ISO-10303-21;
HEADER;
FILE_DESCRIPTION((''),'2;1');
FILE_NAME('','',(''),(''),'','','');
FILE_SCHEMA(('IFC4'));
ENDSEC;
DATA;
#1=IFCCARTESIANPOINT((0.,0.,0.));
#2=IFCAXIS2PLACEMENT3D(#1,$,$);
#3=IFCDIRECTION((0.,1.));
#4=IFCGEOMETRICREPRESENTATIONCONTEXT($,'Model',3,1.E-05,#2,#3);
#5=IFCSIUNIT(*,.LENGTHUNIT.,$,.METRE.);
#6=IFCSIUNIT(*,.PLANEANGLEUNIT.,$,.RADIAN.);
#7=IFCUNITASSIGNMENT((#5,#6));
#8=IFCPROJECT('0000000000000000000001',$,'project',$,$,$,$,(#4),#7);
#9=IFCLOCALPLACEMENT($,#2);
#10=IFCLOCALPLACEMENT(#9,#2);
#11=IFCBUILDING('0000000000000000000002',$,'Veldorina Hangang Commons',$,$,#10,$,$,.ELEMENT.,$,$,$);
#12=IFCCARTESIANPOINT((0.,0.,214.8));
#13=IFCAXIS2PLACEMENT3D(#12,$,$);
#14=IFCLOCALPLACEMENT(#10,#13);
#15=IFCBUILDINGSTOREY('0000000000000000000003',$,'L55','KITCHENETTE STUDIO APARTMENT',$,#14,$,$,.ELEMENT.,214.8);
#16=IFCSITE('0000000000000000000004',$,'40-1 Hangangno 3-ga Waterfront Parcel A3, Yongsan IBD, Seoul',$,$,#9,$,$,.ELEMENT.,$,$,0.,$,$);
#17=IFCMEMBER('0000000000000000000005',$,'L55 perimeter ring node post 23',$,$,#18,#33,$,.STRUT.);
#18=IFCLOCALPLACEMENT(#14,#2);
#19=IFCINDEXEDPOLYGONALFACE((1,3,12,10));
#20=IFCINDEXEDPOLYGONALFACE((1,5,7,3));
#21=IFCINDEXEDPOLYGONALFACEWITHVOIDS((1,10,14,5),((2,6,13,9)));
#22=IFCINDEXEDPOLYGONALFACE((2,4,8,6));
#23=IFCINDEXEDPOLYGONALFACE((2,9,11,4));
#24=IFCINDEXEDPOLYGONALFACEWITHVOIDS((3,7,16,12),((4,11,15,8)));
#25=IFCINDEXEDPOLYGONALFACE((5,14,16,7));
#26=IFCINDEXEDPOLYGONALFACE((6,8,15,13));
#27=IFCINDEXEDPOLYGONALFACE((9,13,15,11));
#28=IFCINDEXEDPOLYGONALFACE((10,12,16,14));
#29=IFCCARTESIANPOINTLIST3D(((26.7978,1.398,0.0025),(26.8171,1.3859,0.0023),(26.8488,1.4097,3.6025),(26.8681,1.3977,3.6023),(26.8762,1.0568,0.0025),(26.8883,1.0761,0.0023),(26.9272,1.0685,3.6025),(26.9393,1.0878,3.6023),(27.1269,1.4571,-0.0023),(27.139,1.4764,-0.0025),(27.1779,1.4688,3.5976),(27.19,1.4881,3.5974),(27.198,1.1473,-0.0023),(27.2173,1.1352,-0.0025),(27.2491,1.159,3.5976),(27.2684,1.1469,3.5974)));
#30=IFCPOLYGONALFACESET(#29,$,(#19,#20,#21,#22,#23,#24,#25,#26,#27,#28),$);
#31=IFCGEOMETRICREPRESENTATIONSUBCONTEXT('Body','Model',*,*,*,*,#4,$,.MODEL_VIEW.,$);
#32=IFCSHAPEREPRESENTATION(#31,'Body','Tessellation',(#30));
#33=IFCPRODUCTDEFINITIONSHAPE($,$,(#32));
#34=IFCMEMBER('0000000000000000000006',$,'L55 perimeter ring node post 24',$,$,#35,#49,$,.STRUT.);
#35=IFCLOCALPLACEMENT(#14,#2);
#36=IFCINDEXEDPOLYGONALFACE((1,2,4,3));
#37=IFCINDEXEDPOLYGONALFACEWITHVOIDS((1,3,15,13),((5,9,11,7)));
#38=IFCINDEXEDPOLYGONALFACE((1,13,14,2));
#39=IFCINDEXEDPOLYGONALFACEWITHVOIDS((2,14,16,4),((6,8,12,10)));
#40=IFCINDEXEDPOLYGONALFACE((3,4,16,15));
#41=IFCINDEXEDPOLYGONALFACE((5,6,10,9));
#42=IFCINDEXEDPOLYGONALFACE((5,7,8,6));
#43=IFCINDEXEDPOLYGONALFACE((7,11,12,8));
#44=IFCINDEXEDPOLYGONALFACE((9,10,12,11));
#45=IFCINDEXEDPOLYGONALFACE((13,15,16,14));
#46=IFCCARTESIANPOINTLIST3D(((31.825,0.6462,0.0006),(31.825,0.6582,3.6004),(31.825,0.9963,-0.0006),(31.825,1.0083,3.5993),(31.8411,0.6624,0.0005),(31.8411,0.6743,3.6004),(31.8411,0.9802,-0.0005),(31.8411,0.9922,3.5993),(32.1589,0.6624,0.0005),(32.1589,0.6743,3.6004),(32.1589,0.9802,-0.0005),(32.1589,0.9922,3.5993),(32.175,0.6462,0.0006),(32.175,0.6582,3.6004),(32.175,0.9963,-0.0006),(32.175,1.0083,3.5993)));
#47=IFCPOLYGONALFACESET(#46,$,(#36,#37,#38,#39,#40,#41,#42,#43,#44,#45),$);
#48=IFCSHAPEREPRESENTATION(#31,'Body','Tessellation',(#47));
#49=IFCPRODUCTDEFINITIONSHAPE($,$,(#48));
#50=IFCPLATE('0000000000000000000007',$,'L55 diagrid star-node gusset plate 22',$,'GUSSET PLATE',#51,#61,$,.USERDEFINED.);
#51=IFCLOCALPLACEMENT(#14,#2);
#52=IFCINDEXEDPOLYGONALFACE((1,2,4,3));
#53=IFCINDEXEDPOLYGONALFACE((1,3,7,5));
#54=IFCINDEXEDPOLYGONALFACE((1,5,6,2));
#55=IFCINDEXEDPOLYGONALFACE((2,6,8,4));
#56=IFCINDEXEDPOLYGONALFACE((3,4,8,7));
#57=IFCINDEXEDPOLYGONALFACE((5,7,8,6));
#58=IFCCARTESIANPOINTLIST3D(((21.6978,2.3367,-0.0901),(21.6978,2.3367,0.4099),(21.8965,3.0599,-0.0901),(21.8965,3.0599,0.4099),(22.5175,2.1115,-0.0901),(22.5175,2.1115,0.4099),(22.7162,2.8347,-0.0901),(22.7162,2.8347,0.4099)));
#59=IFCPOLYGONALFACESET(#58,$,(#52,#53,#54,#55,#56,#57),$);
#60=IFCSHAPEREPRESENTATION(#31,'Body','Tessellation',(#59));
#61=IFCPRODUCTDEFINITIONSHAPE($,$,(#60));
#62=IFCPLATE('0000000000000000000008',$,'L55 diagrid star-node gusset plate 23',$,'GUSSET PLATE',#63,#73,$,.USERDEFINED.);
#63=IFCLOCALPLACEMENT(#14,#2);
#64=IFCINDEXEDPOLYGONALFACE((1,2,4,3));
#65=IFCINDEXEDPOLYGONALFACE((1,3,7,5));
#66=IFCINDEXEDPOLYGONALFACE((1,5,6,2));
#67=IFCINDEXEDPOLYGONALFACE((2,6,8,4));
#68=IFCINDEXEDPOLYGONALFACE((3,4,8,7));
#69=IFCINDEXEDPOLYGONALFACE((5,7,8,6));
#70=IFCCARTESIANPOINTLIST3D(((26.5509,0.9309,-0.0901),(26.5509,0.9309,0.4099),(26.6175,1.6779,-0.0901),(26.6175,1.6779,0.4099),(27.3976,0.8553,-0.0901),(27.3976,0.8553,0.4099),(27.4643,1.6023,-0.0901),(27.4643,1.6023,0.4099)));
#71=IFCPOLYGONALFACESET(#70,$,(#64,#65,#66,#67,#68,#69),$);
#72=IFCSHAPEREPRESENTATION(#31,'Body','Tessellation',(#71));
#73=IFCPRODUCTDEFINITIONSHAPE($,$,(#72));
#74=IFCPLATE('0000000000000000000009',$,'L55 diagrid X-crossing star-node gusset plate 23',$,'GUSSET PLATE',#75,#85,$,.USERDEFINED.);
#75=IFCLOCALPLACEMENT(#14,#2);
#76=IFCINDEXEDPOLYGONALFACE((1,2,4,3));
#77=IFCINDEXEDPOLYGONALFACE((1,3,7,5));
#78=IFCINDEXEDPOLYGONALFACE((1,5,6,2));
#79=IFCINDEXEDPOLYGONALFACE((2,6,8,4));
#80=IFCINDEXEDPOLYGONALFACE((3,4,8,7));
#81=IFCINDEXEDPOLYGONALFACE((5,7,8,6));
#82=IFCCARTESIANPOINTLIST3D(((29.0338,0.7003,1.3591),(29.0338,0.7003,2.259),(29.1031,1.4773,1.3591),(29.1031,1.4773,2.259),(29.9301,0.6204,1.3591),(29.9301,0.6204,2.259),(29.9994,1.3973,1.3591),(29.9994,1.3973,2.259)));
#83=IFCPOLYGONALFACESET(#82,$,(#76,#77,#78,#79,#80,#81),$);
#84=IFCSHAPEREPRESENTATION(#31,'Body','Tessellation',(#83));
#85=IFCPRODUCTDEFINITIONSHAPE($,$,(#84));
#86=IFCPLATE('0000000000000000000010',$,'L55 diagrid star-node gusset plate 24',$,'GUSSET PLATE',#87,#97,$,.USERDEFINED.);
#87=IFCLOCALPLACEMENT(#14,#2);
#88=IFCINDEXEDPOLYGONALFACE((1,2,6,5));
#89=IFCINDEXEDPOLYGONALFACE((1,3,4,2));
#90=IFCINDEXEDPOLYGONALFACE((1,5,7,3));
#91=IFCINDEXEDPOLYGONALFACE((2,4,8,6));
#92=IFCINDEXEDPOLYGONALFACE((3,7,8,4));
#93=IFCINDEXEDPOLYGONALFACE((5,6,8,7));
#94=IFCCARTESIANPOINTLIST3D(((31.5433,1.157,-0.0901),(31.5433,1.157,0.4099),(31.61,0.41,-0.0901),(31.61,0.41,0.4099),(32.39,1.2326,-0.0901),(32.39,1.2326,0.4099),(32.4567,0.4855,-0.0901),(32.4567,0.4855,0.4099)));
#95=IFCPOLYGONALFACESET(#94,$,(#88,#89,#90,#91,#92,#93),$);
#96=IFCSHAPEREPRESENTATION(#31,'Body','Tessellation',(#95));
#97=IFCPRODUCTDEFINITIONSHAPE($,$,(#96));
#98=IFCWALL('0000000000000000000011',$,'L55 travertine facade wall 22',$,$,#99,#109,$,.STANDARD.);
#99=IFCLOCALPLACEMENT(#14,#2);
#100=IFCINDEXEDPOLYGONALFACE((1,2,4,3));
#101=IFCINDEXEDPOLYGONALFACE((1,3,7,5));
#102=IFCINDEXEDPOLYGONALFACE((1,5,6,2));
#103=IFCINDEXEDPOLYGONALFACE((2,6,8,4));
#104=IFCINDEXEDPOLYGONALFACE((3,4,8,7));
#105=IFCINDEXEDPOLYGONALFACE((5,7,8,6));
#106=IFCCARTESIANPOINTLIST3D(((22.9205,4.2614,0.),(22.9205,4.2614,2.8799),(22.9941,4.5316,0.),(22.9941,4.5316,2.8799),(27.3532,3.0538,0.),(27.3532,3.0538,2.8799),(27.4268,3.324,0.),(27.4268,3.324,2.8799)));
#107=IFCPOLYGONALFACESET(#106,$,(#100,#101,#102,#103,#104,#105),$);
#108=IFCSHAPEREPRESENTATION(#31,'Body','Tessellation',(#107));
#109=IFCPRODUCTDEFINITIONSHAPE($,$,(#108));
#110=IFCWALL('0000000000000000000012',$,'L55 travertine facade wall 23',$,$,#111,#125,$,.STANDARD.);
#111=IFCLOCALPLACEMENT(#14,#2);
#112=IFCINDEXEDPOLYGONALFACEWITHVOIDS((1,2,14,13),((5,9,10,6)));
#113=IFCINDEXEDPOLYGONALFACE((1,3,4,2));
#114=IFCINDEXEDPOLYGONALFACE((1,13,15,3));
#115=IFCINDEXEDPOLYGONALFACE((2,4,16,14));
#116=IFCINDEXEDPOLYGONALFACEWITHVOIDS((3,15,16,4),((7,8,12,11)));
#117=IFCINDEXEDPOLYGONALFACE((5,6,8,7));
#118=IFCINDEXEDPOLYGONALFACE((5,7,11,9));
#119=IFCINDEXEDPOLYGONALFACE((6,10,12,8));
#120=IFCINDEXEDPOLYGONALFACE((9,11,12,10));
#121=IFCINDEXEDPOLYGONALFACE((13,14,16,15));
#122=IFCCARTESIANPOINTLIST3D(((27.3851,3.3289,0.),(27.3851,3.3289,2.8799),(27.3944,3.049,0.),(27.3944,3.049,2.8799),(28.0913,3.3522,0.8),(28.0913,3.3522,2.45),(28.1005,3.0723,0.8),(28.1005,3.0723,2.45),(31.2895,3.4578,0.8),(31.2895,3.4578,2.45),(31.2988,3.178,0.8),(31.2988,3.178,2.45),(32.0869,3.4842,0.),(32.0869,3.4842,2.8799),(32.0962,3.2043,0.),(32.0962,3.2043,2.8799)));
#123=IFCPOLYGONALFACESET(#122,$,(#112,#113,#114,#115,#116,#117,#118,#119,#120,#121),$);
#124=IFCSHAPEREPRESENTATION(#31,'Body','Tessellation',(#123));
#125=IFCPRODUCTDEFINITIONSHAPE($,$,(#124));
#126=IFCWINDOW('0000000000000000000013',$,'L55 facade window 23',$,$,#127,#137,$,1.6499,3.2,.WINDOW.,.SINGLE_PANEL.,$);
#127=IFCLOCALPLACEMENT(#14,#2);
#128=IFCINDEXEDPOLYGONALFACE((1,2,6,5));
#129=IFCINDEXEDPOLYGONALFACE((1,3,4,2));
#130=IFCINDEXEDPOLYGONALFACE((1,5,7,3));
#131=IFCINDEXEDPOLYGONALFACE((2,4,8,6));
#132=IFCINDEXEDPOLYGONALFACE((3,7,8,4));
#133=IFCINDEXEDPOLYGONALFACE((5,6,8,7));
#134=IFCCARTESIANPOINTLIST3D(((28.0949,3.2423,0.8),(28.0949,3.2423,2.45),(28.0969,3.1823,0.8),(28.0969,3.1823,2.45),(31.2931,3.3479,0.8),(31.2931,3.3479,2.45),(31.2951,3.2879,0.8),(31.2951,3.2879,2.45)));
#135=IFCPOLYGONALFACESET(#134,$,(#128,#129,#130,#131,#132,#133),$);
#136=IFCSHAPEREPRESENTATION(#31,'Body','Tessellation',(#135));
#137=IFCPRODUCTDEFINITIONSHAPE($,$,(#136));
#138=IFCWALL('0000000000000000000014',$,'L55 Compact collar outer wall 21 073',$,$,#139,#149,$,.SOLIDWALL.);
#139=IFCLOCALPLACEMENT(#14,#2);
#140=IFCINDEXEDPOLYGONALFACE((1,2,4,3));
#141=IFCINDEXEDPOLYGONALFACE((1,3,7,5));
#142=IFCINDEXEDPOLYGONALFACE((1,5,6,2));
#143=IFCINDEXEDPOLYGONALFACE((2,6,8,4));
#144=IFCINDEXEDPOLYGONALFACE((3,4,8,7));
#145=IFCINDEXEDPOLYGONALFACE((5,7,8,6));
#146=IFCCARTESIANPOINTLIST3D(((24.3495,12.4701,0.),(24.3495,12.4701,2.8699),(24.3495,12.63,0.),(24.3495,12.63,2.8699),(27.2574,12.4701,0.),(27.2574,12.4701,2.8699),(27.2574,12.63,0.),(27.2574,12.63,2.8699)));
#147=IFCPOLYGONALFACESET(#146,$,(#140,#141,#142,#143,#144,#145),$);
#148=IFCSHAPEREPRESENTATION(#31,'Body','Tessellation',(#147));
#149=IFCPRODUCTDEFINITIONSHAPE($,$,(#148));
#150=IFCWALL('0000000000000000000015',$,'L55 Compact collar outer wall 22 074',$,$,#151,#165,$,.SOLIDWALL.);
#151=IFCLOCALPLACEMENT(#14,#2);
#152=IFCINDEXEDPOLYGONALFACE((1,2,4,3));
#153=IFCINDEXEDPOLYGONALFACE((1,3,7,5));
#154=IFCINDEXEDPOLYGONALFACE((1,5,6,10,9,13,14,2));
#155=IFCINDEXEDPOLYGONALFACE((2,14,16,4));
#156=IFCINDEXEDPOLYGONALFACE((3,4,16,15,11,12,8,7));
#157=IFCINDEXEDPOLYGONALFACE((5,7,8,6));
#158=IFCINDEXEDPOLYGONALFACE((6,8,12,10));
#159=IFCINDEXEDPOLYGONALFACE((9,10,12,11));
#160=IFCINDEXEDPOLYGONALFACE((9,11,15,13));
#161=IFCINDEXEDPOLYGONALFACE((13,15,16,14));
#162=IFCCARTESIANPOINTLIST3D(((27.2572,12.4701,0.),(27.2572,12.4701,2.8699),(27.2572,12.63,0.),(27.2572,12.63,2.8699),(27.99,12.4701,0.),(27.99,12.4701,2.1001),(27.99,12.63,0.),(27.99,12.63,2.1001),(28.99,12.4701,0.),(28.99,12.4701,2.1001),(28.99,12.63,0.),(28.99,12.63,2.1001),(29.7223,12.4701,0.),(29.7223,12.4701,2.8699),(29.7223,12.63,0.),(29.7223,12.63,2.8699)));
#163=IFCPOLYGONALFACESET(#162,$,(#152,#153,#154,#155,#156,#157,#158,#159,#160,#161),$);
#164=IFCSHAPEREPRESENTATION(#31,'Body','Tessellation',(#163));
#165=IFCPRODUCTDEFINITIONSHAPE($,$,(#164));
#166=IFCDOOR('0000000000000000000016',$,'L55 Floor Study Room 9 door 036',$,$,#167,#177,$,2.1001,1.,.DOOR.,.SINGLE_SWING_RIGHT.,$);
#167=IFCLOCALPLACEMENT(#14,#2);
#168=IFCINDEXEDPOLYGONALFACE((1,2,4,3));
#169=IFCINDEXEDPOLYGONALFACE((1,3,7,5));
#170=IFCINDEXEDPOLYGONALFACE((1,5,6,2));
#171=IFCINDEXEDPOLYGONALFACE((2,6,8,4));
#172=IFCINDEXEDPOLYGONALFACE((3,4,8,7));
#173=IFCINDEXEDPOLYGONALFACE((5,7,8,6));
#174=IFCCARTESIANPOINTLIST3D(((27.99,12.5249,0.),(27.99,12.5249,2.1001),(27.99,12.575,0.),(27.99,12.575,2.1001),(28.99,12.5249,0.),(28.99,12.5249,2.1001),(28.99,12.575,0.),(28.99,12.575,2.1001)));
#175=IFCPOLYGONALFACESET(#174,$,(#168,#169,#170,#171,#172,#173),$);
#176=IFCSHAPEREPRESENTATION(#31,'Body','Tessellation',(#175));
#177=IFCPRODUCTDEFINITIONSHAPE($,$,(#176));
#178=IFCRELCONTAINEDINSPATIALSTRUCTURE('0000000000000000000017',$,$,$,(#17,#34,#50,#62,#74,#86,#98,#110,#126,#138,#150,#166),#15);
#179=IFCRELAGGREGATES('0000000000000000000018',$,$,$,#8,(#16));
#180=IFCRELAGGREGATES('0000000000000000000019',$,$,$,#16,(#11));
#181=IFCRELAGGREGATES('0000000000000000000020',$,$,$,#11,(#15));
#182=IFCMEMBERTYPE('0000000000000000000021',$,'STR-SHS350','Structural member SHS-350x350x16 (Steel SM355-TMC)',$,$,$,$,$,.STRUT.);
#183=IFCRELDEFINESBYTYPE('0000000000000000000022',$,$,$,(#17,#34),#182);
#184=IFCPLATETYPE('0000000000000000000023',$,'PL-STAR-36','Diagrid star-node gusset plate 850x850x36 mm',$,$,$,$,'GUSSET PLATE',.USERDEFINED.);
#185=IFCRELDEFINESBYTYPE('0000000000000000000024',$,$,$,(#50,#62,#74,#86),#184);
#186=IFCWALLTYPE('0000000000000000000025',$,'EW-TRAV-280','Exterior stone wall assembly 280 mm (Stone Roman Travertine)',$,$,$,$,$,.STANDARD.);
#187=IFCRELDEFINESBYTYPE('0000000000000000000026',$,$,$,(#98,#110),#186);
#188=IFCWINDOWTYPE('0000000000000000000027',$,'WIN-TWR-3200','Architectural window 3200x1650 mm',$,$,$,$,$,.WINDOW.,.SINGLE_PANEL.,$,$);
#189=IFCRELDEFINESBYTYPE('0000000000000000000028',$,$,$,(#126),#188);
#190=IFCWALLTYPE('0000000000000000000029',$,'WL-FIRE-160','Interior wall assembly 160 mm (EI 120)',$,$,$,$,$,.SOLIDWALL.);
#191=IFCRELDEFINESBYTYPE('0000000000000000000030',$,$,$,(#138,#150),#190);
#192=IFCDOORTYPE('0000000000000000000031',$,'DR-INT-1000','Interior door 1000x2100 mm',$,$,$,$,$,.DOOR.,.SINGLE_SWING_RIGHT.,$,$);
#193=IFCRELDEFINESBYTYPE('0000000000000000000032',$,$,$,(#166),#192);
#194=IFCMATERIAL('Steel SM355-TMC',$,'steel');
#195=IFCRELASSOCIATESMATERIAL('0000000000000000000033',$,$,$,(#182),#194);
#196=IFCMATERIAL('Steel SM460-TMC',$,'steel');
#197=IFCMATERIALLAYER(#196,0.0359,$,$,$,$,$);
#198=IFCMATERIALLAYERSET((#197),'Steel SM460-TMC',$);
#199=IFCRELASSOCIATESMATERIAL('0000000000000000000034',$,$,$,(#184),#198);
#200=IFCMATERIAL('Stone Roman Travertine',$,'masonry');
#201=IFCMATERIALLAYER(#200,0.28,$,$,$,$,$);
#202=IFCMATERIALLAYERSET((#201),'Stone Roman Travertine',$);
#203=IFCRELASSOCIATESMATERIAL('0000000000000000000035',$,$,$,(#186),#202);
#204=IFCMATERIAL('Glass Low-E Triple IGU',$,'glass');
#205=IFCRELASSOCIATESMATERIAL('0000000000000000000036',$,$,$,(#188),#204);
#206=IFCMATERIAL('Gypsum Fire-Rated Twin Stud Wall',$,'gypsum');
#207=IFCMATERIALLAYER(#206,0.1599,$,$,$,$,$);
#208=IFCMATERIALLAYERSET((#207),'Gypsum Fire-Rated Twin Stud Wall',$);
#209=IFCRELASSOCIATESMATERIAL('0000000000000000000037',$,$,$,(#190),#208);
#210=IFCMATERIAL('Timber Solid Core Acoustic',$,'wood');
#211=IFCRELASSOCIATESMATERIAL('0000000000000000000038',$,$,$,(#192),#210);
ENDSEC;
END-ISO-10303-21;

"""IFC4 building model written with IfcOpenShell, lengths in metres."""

from ifc_helpers import new_model, si_unit, direction, frame, frame_2d, origin, origin_2d, place, context, subcontext, project, spatial, rectangle, hollow_rectangle, extrude, material, layer, layer_set, material_profile, profile_set, type_object, element, fill, save


model = new_model("IFC4")

# Units and contexts
model_context = context("Model", 3, precision=1e-05, world=origin(), true_north=direction((0.0, 1.0)))
body_context = subcontext(model_context, "Body", "Model", "MODEL_VIEW")
ifc_project = project(units=[si_unit("LENGTHUNIT", "METRE"), si_unit("PLANEANGLEUNIT", "RADIAN")], contexts=[model_context])

# Site, building, storey
site_placement = place(None, origin())
site = spatial("IfcSite", under=ifc_project, at=site_placement, Name="40-1 Hangangno 3-ga Waterfront Parcel A3, Yongsan IBD, Seoul", CompositionType="ELEMENT", RefElevation=0.0)
building_placement = place(site_placement, origin())
building = spatial("IfcBuilding", under=site, at=building_placement, Name="Veldorina Hangang Commons", CompositionType="ELEMENT")
storey_placement = place(building_placement, frame((0.0, 0.0, 214.8)))
storey = spatial("IfcBuildingStorey", under=building, at=storey_placement, Name="L55", Description="KITCHENETTE STUDIO APARTMENT", CompositionType="ELEMENT", Elevation=214.8)

# Shared definitions
ifc_material_1 = material(Name="Steel SM355-TMC", Category="steel")

# Members
ifc_material_profile_1 = material_profile(ifc_material_1, hollow_rectangle(XDim=0.3501, YDim=0.3501, WallThickness=0.0161, at=origin_2d()), Name="SHS-350x350x16")
ifc_profile_set_1 = profile_set([ifc_material_profile_1], Name="Steel SM355-TMC")
member_type_1 = type_object("IfcMemberType", Name="STR-SHS350", Description="Structural member SHS-350x350x16 (Steel SM355-TMC)", PredefinedType="STRUT", material=ifc_profile_set_1)
member_1_placement = place(storey_placement, frame((27.0076, 1.2666, 0.0), z_axis=(0.014173, 0.003255, 0.999894), x_axis=(-0.223838, 0.974626, 0.0)))
element("IfcMember", 1, at=member_1_placement, inside=storey, type_object=member_type_1, Name="L55 perimeter ring node post 23", PredefinedType="STRUT", context=body_context, shape_type="SweptSolid", body=[
    extrude(hollow_rectangle(XDim=0.3501, YDim=0.3501, WallThickness=0.0161, at=origin_2d()), origin(), (0.0, 0.0, 1.0), 3.6003),
])
member_2_placement = place(storey_placement, frame((32.0, 0.8213, 0.0), z_axis=(0.0, 0.003323, 0.999994), x_axis=(-1.0, 0.0, 0.0)))
element("IfcMember", 2, at=member_2_placement, inside=storey, type_object=member_type_1, Name="L55 perimeter ring node post 24", PredefinedType="STRUT", context=body_context, shape_type="SweptSolid", body=[
    extrude(hollow_rectangle(XDim=0.3501, YDim=0.3501, WallThickness=0.0161, at=origin_2d()), origin(), (0.0, 0.0, 1.0), 3.5999),
])

# Plates
ifc_material_2 = material(Name="Steel SM460-TMC", Category="steel")
ifc_layer_1 = layer(ifc_material_2, 0.0359)
ifc_layer_set_1 = layer_set([ifc_layer_1], Name="Steel SM460-TMC")
plate_type = type_object("IfcPlateType", Name="PL-STAR-36", Description="Diagrid star-node gusset plate 850x850x36 mm", ElementType="GUSSET PLATE", PredefinedType="USERDEFINED", material=ifc_layer_set_1)
for number, where, z_axis, x_axis, name in (
    (3, (22.207, 2.5857, -0.0901), (0.0, 0.0, 1.0), (0.964262, -0.26495, 0.0), "L55 diagrid star-node gusset plate 22"),
    (4, (27.0076, 1.2666, -0.0901), (0.0, 0.0, 1.0), (0.996044, -0.08886, 0.0), "L55 diagrid star-node gusset plate 23"),
):
    element("IfcPlate", number, at=place(storey_placement, frame(where, z_axis=z_axis, x_axis=x_axis)), inside=storey, type_object=plate_type, Name=name, ObjectType="GUSSET PLATE", PredefinedType="USERDEFINED", context=body_context, shape_type="SweptSolid", body=[
        extrude(rectangle(XDim=0.8501, YDim=0.75, at=origin_2d()), origin(), (0.0, 0.0, 1.0), 0.5),
    ])
plate_1_placement = place(storey_placement, frame((29.5166, 1.0488, 1.3591), z_axis=(0.0, 0.0, 1.0), x_axis=(0.996044, -0.08886, 0.0)))
element("IfcPlate", 5, at=plate_1_placement, inside=storey, type_object=plate_type, Name="L55 diagrid X-crossing star-node gusset plate 23", ObjectType="GUSSET PLATE", PredefinedType="USERDEFINED", context=body_context, shape_type="SweptSolid", body=[
    extrude(rectangle(XDim=0.8999, YDim=0.78, at=origin_2d()), origin(), (0.0, 0.0, 1.0), 0.8999),
])
plate_2_placement = place(storey_placement, frame((32.0, 0.8213, -0.0901), z_axis=(0.0, 0.0, 1.0), x_axis=(0.996044, 0.08886, 0.0)))
element("IfcPlate", 6, at=plate_2_placement, inside=storey, type_object=plate_type, Name="L55 diagrid star-node gusset plate 24", ObjectType="GUSSET PLATE", PredefinedType="USERDEFINED", context=body_context, shape_type="SweptSolid", body=[
    extrude(rectangle(XDim=0.8501, YDim=0.75, at=origin_2d()), origin(), (0.0, 0.0, 1.0), 0.5),
])

# Wall
ifc_material_3 = material(Name="Stone Roman Travertine", Category="masonry")
ifc_layer_2 = layer(ifc_material_3, 0.28)
ifc_layer_set_2 = layer_set([ifc_layer_2], Name="Stone Roman Travertine")
wall_type_1 = type_object("IfcWallType", Name="EW-TRAV-280", Description="Exterior stone wall assembly 280 mm (Stone Roman Travertine)", PredefinedType="STANDARD", material=ifc_layer_set_2)
wall_1_placement = place(storey_placement, frame((22.9573, 4.3965, 0.0), z_axis=(0.0, 0.0, 1.0), x_axis=(0.96484, -0.262839, 0.0)))
element("IfcWall", 7, at=wall_1_placement, inside=storey, type_object=wall_type_1, Name="L55 travertine facade wall 22", PredefinedType="STANDARD", context=body_context, shape_type="SweptSolid", body=[
    extrude(rectangle(XDim=4.5942, YDim=0.28, at=frame_2d((2.2971, 0.0))), origin(), (0.0, 0.0, 1.0), 2.8799),
])

# Wall, opening, window
wall_2_placement = place(storey_placement, frame((27.3899, 3.189, 0.0), z_axis=(0.0, 0.0, 1.0), x_axis=(0.999455, 0.033006, 0.0)))
wall_2 = element("IfcWall", 8, at=wall_2_placement, inside=storey, type_object=wall_type_1, Name="L55 travertine facade wall 23", PredefinedType="STANDARD", context=body_context, shape_type="SweptSolid", body=[
    extrude(rectangle(XDim=4.7043, YDim=0.28, at=frame_2d((2.3521, 0.0))), origin(), (0.0, 0.0, 1.0), 2.8799),
])
opening_1_placement = place(wall_2_placement, frame((0.7063, 0.0, 0.8)))
opening_1 = element("IfcOpeningElement", 9, at=opening_1_placement, cuts=wall_2, PredefinedType="OPENING", context=body_context, shape_type="SweptSolid", body=[
    extrude(rectangle(XDim=3.2, YDim=1.6499, at=frame_2d((1.6001, 0.825))), frame((0.0, 0.1499, 0.0), z_axis=(0.0, -1.0, 0.0), x_axis=(1.0, 0.0, 0.0)), (0.0, 0.0, 1.0), 0.3),
])
ifc_material_4 = material(Name="Glass Low-E Triple IGU", Category="glass")
window_type = type_object("IfcWindowType", Name="WIN-TWR-3200", Description="Architectural window 3200x1650 mm", PartitioningType="SINGLE_PANEL", PredefinedType="WINDOW", material=ifc_material_4)
window_placement = place(opening_1_placement, origin())
window = element("IfcWindow", 10, at=window_placement, inside=storey, type_object=window_type, Name="L55 facade window 23", OverallHeight=1.6499, OverallWidth=3.2, PartitioningType="SINGLE_PANEL", PredefinedType="WINDOW", context=body_context, shape_type="SweptSolid", body=[
    extrude(rectangle(XDim=3.2, YDim=1.6499, at=frame_2d((1.6001, 0.825))), frame((0.0, 0.03, 0.0), z_axis=(0.0, -1.0, 0.0), x_axis=(1.0, 0.0, 0.0)), (0.0, 0.0, 1.0), 0.0601),
])
fill(opening_1, window)

# Wall
ifc_material_5 = material(Name="Gypsum Fire-Rated Twin Stud Wall", Category="gypsum")
ifc_layer_3 = layer(ifc_material_5, 0.1599)
ifc_layer_set_3 = layer_set([ifc_layer_3], Name="Gypsum Fire-Rated Twin Stud Wall")
wall_type_2 = type_object("IfcWallType", Name="WL-FIRE-160", Description="Interior wall assembly 160 mm (EI 120)", PredefinedType="SOLIDWALL", material=ifc_layer_set_3)
wall_3_placement = place(storey_placement, frame((24.3494, 12.55, 0.0), z_axis=(0.0, 0.0, 1.0), x_axis=(1.0, 0.0, 0.0)))
element("IfcWall", 11, at=wall_3_placement, inside=storey, type_object=wall_type_2, Name="L55 Compact collar outer wall 21 073", PredefinedType="SOLIDWALL", context=body_context, shape_type="SweptSolid", body=[
    extrude(rectangle(XDim=2.908, YDim=0.1599, at=frame_2d((1.4541, 0.0))), origin(), (0.0, 0.0, 1.0), 2.8699),
])

# Wall, opening, door
wall_4_placement = place(storey_placement, frame((27.2573, 12.55, 0.0), z_axis=(0.0, 0.0, 1.0), x_axis=(1.0, 0.0, 0.0)))
wall_4 = element("IfcWall", 12, at=wall_4_placement, inside=storey, type_object=wall_type_2, Name="L55 Compact collar outer wall 22 074", PredefinedType="SOLIDWALL", context=body_context, shape_type="SweptSolid", body=[
    extrude(rectangle(XDim=2.4651, YDim=0.1599, at=frame_2d((1.2324, 0.0))), origin(), (0.0, 0.0, 1.0), 2.8699),
])
opening_2_placement = place(wall_4_placement, frame((0.7327, 0.0, 0.0)))
opening_2 = element("IfcOpeningElement", 13, at=opening_2_placement, cuts=wall_4, PredefinedType="OPENING", context=body_context, shape_type="SweptSolid", body=[
    extrude(rectangle(XDim=1.0, YDim=2.1001, at=frame_2d((0.5, 1.05))), frame((0.0, 0.0898, 0.0), z_axis=(0.0, -1.0, 0.0), x_axis=(1.0, 0.0, 0.0)), (0.0, 0.0, 1.0), 0.1799),
])
ifc_material_6 = material(Name="Timber Solid Core Acoustic", Category="wood")
door_type_1 = type_object("IfcDoorType", Name="DR-INT-1000", Description="Interior door 1000x2100 mm", OperationType="SINGLE_SWING_RIGHT", PredefinedType="DOOR", material=ifc_material_6)
door_1_placement = place(opening_2_placement, origin())
door_1 = element("IfcDoor", 14, at=door_1_placement, inside=storey, type_object=door_type_1, Name="L55 Floor Study Room 9 door 036", OperationType="SINGLE_SWING_RIGHT", OverallHeight=2.1001, OverallWidth=1.0, PredefinedType="DOOR", context=body_context, shape_type="SweptSolid", body=[
    extrude(rectangle(XDim=1.0, YDim=2.1001, at=frame_2d((0.5, 1.05))), frame((0.0, 0.0249, 0.0), z_axis=(0.0, -1.0, 0.0), x_axis=(1.0, 0.0, 0.0)), (0.0, 0.0, 1.0), 0.05),
])
fill(opening_2, door_1)

save(model, "model.ifc")
